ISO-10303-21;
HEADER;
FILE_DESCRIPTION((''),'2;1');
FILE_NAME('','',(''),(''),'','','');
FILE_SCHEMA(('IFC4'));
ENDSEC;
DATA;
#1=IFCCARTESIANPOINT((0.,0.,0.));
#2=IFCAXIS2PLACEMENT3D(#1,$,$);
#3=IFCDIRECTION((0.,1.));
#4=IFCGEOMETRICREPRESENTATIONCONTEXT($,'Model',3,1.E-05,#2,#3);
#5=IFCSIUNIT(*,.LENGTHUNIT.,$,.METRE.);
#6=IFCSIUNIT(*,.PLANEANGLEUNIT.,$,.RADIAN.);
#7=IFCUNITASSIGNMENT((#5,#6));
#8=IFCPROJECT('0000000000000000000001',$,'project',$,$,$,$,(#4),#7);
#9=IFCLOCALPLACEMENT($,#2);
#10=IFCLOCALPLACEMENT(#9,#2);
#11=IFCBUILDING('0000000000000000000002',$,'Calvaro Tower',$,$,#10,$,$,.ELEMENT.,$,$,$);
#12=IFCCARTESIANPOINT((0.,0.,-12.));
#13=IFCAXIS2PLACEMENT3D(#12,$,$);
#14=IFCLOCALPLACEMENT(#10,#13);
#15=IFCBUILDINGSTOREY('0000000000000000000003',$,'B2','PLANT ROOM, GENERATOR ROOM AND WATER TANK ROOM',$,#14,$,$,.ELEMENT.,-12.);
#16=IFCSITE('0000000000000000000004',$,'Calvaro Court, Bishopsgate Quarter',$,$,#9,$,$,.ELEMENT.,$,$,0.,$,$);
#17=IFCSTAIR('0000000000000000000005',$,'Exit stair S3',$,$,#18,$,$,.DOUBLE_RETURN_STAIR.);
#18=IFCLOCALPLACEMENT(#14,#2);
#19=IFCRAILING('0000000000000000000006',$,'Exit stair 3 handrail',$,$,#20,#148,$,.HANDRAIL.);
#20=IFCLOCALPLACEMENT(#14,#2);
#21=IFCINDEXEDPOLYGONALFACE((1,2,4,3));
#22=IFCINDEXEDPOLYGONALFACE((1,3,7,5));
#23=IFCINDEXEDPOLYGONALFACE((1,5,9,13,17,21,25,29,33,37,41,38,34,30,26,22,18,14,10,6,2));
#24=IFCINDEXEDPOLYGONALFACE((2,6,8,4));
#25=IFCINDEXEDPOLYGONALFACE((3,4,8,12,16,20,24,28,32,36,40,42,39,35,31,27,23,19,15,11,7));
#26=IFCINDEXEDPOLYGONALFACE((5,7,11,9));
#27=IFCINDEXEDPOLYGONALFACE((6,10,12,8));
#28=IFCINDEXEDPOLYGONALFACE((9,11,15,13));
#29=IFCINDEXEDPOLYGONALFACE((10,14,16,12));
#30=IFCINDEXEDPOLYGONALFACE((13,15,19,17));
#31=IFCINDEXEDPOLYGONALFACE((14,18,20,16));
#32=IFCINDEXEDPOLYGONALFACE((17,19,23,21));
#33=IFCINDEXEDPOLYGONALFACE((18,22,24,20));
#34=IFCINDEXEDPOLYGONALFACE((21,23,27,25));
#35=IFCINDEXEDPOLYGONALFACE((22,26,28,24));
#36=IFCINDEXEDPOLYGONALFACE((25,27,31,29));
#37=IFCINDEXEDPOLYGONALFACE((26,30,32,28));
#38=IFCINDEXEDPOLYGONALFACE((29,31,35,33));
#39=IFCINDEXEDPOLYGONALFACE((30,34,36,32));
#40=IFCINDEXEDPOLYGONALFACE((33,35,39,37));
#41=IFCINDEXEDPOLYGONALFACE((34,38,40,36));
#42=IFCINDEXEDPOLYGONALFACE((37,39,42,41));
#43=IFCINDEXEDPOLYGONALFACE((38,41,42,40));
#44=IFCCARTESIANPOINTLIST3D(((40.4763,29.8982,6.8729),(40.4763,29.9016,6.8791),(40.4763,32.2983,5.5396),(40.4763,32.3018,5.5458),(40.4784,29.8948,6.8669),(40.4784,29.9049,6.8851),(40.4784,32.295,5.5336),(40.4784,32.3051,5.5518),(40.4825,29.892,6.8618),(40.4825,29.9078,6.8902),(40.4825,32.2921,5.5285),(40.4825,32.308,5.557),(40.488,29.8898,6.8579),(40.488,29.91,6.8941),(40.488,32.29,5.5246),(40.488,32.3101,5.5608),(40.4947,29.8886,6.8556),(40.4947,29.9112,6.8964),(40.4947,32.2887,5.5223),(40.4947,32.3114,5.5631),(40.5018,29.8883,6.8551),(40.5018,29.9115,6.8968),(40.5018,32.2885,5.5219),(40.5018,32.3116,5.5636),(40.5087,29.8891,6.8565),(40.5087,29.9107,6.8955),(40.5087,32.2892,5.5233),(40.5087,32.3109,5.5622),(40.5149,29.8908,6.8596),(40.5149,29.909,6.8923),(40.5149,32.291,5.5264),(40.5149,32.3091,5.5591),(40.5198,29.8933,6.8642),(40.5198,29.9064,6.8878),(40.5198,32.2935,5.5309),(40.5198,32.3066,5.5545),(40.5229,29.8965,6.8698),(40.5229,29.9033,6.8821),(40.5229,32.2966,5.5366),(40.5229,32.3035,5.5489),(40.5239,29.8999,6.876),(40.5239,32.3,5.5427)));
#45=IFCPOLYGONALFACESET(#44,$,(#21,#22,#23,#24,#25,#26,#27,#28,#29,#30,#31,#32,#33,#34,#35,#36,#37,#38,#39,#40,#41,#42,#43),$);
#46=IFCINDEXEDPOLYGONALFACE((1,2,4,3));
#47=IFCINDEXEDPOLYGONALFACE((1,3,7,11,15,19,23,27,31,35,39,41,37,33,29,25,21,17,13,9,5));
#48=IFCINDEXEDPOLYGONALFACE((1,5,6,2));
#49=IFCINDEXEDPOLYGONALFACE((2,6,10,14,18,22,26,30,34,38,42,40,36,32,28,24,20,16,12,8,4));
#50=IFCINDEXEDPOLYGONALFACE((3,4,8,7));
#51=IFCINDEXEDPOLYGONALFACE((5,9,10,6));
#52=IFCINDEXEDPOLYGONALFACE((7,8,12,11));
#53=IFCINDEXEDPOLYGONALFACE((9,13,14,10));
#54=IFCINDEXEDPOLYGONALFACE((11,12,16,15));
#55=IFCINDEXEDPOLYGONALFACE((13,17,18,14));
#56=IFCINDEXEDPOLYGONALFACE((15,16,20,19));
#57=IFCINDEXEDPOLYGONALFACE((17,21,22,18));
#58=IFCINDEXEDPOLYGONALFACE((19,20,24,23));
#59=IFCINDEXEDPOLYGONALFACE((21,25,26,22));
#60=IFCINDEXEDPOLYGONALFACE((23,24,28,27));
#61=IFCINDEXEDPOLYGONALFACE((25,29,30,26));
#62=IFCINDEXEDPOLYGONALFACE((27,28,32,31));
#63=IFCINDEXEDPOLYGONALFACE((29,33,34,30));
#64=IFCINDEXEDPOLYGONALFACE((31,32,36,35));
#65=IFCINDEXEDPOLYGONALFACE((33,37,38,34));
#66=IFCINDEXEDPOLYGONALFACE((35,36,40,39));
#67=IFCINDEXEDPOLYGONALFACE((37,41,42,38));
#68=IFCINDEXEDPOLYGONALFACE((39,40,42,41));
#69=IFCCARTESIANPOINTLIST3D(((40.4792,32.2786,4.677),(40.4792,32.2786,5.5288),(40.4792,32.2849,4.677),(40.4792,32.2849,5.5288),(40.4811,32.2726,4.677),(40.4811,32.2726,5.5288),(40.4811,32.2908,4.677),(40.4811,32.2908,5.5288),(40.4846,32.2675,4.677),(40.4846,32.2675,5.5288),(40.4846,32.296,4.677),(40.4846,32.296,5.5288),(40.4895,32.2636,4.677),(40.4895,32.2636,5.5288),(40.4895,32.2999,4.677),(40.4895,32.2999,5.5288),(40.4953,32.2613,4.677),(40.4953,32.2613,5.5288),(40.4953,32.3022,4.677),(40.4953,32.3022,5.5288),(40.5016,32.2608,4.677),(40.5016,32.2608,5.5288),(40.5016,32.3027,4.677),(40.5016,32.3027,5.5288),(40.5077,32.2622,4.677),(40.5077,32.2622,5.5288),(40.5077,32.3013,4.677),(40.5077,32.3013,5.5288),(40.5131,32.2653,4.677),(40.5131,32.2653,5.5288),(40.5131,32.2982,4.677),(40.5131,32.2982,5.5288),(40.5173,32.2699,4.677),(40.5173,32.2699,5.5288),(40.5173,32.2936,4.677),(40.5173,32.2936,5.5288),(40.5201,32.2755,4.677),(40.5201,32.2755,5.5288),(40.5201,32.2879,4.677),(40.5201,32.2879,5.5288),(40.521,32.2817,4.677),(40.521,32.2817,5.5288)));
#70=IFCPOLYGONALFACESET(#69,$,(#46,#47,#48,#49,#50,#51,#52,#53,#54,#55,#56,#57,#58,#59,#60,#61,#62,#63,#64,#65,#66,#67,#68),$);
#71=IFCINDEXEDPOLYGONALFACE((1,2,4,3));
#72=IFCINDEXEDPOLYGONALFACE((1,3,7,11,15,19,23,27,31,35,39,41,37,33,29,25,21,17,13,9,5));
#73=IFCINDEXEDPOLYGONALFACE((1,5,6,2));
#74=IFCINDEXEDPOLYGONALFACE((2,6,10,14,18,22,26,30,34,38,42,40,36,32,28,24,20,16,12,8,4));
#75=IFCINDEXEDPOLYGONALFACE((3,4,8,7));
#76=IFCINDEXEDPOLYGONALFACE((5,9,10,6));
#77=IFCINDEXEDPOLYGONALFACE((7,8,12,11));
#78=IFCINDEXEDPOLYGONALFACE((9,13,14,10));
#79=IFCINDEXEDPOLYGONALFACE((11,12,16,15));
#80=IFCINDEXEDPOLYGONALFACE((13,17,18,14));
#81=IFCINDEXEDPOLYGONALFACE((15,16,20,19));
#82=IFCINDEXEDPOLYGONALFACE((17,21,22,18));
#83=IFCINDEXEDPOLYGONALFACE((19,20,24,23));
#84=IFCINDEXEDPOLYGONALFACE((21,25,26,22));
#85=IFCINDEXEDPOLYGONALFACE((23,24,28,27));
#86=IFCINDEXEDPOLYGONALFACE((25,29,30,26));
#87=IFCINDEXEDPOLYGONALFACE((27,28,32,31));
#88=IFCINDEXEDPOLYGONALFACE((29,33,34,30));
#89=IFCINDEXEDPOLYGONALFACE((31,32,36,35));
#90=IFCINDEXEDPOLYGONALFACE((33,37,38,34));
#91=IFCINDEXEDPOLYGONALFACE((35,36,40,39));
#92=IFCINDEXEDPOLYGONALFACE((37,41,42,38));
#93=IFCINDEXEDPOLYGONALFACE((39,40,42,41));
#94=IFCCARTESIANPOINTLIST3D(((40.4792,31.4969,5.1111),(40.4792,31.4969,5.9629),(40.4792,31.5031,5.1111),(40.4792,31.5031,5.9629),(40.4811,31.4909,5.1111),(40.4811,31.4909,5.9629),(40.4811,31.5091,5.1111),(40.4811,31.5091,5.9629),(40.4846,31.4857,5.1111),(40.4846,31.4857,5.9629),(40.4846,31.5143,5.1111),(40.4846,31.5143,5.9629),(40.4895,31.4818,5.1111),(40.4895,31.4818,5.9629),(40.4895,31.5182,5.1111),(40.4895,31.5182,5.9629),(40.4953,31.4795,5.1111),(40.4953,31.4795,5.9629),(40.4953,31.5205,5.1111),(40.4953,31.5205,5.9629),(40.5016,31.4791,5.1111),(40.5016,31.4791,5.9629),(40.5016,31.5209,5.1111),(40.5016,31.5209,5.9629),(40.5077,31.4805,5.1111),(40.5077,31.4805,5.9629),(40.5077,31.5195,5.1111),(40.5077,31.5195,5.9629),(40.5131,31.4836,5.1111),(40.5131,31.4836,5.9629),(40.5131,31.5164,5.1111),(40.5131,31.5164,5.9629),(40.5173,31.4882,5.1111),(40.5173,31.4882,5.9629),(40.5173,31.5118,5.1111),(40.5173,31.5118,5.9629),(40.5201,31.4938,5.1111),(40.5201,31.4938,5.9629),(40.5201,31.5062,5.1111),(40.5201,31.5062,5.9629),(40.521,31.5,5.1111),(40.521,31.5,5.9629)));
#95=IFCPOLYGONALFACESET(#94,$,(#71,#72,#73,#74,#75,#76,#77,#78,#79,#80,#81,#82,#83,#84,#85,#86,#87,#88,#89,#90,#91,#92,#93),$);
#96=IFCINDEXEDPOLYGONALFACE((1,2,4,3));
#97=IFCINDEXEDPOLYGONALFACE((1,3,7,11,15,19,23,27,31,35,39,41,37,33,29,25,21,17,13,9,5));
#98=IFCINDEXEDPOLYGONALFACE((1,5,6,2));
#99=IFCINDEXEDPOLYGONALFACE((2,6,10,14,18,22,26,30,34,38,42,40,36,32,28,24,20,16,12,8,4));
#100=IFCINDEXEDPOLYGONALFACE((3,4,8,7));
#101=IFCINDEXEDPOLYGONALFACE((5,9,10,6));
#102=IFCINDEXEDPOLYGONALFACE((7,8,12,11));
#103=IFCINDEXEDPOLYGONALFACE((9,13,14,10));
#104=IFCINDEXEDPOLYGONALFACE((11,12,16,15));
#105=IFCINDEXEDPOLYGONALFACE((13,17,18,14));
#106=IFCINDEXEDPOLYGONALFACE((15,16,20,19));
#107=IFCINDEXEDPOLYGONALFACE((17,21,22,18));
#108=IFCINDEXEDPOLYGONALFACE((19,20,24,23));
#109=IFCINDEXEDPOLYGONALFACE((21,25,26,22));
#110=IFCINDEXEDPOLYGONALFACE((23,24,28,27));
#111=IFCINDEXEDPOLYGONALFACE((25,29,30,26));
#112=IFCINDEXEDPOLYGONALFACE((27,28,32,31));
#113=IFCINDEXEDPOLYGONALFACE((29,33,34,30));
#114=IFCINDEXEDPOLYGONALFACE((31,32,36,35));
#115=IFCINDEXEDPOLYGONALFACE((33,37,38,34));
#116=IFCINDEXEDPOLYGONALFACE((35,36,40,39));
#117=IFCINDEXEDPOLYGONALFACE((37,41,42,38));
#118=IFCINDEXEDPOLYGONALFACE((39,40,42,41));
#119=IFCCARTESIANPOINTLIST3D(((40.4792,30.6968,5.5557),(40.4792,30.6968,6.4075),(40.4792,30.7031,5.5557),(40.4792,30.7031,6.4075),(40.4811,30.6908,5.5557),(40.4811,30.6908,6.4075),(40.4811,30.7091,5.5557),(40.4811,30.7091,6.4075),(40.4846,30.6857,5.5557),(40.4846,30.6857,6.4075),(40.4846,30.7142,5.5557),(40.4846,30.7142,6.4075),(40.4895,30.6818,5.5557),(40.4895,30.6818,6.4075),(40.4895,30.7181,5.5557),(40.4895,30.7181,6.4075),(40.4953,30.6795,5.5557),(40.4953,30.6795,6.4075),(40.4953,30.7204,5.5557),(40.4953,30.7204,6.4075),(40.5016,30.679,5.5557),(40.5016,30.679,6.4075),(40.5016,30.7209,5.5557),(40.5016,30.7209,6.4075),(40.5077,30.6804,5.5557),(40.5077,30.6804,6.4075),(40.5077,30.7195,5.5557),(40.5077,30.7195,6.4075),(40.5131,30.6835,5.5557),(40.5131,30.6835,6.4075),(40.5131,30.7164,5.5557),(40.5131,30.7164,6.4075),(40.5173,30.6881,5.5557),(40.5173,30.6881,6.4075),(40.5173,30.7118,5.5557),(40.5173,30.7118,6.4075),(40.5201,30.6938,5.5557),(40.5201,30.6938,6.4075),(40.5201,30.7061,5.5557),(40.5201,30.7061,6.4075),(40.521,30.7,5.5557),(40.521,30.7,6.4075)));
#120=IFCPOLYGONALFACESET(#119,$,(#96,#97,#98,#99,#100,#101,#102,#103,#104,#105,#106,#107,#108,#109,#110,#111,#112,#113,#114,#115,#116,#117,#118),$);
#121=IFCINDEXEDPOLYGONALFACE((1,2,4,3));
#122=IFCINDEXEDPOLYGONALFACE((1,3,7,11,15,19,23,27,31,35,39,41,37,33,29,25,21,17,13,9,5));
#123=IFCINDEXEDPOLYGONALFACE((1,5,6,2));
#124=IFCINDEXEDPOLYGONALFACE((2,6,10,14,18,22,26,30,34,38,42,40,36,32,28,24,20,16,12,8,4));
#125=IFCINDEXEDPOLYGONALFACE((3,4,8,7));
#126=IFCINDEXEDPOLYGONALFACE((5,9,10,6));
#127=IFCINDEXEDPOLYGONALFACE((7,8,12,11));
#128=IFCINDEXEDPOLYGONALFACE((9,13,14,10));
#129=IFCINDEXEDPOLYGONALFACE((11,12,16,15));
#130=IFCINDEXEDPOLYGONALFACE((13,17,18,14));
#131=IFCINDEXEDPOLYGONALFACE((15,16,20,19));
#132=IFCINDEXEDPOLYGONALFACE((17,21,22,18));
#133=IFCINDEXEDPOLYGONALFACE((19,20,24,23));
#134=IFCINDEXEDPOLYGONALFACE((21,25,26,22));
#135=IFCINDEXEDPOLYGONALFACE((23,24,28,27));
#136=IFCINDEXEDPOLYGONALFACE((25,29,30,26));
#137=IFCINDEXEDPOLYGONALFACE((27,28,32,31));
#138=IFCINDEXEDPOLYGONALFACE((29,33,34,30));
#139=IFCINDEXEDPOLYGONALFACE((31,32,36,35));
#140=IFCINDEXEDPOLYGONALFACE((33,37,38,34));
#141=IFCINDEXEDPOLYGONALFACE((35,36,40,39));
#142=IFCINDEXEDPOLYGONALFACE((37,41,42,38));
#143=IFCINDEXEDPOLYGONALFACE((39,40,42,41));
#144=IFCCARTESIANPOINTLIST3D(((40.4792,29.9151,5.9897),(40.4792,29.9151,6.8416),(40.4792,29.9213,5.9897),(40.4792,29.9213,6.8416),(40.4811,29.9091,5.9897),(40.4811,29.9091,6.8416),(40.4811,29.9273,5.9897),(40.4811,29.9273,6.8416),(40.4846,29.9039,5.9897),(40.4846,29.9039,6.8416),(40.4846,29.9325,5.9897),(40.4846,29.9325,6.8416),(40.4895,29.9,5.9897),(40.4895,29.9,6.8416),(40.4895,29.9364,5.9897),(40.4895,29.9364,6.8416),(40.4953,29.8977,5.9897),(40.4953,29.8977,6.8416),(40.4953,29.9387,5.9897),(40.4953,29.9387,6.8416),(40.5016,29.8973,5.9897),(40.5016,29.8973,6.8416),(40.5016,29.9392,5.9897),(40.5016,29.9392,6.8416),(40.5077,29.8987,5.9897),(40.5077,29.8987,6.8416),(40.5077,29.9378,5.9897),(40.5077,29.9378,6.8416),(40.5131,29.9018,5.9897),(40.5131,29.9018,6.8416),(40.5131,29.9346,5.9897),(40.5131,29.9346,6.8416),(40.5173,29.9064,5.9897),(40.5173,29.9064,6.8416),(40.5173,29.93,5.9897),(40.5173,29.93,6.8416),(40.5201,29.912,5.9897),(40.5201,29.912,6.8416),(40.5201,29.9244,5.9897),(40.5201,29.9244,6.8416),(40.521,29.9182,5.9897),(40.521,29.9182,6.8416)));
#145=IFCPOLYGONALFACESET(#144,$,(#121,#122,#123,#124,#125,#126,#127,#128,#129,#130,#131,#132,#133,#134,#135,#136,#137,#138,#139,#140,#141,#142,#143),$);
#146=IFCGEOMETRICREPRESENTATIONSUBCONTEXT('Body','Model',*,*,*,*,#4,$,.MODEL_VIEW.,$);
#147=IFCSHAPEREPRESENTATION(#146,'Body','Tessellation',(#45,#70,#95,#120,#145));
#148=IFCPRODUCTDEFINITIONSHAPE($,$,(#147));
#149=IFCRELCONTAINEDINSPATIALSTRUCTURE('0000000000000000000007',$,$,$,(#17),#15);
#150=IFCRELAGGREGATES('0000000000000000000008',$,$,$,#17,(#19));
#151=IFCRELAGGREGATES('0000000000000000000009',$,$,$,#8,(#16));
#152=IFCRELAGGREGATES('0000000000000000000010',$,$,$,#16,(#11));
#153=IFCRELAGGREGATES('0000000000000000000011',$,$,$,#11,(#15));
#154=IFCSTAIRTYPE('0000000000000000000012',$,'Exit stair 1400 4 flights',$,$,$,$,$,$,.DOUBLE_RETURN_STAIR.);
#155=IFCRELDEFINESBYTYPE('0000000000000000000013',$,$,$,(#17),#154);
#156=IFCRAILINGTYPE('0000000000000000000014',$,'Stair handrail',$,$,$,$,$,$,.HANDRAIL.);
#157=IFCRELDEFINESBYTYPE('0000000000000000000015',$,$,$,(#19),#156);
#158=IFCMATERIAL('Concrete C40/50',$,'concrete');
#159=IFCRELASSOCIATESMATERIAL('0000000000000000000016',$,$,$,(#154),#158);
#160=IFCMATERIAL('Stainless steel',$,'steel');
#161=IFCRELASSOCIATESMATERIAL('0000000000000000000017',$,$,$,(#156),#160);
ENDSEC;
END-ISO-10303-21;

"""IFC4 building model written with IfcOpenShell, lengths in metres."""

from ifc_helpers import new_model, si_unit, direction, frame, origin, origin_2d, place, context, subcontext, project, spatial, circle, extrude, material, type_object, element, aggregate, save


model = new_model("IFC4")

# Units and contexts
model_context = context("Model", 3, precision=1e-05, world=origin(), true_north=direction((0.0, 1.0)))
body_context = subcontext(model_context, "Body", "Model", "MODEL_VIEW")
ifc_project = project(units=[si_unit("LENGTHUNIT", "METRE"), si_unit("PLANEANGLEUNIT", "RADIAN")], contexts=[model_context])

# Site, building, storey
site_placement = place(None, origin())
site = spatial("IfcSite", under=ifc_project, at=site_placement, Name="Calvaro Court, Bishopsgate Quarter", CompositionType="ELEMENT", RefElevation=0.0)
building_placement = place(site_placement, origin())
building = spatial("IfcBuilding", under=site, at=building_placement, Name="Calvaro Tower", CompositionType="ELEMENT")
storey_placement = place(building_placement, frame((0.0, 0.0, -12.0)))
storey = spatial("IfcBuildingStorey", under=building, at=storey_placement, Name="B2", Description="PLANT ROOM, GENERATOR ROOM AND WATER TANK ROOM", CompositionType="ELEMENT", Elevation=-12.0)

# Stair, railing
ifc_material_1 = material(Name="Concrete C40/50", Category="concrete")
stair_type = type_object("IfcStairType", Name="Exit stair 1400 4 flights", PredefinedType="DOUBLE_RETURN_STAIR", material=ifc_material_1)
stair_placement = place(storey_placement, origin())
stair = element("IfcStair", 1, at=stair_placement, inside=storey, type_object=stair_type, Name="Exit stair S3", PredefinedType="DOUBLE_RETURN_STAIR")
ifc_material_2 = material(Name="Stainless steel", Category="steel")
railing_type = type_object("IfcRailingType", Name="Stair handrail", PredefinedType="HANDRAIL", material=ifc_material_2)
railing_1_placement = place(storey_placement, frame((40.5, 32.3, 4.6667)))
railing_1 = element("IfcRailing", 2, at=railing_1_placement, type_object=railing_type, Name="Exit stair 3 handrail", PredefinedType="HANDRAIL", context=body_context, shape_type="SweptSolid", body=[
    extrude(circle(Radius=0.0239, at=origin_2d()), frame((0.0, 0.0, 0.876), z_axis=(0.0, -0.874182, 0.485598), x_axis=(1.0, 0.0, 0.0)), (0.0, 0.0, 1.0), 2.7456),
    extrude(circle(Radius=0.021, at=origin_2d()), frame((0.0, -0.0183, 0.0103)), (0.0, 0.0, 1.0), 0.8518),
    extrude(circle(Radius=0.021, at=origin_2d()), frame((0.0, -0.8, 0.4443)), (0.0, 0.0, 1.0), 0.8518),
    extrude(circle(Radius=0.021, at=origin_2d()), frame((0.0, -1.6001, 0.8889)), (0.0, 0.0, 1.0), 0.8518),
    extrude(circle(Radius=0.021, at=origin_2d()), frame((0.0, -2.3818, 1.323)), (0.0, 0.0, 1.0), 0.8518),
])
aggregate(stair, [railing_1])

save(model, "model.ifc")
